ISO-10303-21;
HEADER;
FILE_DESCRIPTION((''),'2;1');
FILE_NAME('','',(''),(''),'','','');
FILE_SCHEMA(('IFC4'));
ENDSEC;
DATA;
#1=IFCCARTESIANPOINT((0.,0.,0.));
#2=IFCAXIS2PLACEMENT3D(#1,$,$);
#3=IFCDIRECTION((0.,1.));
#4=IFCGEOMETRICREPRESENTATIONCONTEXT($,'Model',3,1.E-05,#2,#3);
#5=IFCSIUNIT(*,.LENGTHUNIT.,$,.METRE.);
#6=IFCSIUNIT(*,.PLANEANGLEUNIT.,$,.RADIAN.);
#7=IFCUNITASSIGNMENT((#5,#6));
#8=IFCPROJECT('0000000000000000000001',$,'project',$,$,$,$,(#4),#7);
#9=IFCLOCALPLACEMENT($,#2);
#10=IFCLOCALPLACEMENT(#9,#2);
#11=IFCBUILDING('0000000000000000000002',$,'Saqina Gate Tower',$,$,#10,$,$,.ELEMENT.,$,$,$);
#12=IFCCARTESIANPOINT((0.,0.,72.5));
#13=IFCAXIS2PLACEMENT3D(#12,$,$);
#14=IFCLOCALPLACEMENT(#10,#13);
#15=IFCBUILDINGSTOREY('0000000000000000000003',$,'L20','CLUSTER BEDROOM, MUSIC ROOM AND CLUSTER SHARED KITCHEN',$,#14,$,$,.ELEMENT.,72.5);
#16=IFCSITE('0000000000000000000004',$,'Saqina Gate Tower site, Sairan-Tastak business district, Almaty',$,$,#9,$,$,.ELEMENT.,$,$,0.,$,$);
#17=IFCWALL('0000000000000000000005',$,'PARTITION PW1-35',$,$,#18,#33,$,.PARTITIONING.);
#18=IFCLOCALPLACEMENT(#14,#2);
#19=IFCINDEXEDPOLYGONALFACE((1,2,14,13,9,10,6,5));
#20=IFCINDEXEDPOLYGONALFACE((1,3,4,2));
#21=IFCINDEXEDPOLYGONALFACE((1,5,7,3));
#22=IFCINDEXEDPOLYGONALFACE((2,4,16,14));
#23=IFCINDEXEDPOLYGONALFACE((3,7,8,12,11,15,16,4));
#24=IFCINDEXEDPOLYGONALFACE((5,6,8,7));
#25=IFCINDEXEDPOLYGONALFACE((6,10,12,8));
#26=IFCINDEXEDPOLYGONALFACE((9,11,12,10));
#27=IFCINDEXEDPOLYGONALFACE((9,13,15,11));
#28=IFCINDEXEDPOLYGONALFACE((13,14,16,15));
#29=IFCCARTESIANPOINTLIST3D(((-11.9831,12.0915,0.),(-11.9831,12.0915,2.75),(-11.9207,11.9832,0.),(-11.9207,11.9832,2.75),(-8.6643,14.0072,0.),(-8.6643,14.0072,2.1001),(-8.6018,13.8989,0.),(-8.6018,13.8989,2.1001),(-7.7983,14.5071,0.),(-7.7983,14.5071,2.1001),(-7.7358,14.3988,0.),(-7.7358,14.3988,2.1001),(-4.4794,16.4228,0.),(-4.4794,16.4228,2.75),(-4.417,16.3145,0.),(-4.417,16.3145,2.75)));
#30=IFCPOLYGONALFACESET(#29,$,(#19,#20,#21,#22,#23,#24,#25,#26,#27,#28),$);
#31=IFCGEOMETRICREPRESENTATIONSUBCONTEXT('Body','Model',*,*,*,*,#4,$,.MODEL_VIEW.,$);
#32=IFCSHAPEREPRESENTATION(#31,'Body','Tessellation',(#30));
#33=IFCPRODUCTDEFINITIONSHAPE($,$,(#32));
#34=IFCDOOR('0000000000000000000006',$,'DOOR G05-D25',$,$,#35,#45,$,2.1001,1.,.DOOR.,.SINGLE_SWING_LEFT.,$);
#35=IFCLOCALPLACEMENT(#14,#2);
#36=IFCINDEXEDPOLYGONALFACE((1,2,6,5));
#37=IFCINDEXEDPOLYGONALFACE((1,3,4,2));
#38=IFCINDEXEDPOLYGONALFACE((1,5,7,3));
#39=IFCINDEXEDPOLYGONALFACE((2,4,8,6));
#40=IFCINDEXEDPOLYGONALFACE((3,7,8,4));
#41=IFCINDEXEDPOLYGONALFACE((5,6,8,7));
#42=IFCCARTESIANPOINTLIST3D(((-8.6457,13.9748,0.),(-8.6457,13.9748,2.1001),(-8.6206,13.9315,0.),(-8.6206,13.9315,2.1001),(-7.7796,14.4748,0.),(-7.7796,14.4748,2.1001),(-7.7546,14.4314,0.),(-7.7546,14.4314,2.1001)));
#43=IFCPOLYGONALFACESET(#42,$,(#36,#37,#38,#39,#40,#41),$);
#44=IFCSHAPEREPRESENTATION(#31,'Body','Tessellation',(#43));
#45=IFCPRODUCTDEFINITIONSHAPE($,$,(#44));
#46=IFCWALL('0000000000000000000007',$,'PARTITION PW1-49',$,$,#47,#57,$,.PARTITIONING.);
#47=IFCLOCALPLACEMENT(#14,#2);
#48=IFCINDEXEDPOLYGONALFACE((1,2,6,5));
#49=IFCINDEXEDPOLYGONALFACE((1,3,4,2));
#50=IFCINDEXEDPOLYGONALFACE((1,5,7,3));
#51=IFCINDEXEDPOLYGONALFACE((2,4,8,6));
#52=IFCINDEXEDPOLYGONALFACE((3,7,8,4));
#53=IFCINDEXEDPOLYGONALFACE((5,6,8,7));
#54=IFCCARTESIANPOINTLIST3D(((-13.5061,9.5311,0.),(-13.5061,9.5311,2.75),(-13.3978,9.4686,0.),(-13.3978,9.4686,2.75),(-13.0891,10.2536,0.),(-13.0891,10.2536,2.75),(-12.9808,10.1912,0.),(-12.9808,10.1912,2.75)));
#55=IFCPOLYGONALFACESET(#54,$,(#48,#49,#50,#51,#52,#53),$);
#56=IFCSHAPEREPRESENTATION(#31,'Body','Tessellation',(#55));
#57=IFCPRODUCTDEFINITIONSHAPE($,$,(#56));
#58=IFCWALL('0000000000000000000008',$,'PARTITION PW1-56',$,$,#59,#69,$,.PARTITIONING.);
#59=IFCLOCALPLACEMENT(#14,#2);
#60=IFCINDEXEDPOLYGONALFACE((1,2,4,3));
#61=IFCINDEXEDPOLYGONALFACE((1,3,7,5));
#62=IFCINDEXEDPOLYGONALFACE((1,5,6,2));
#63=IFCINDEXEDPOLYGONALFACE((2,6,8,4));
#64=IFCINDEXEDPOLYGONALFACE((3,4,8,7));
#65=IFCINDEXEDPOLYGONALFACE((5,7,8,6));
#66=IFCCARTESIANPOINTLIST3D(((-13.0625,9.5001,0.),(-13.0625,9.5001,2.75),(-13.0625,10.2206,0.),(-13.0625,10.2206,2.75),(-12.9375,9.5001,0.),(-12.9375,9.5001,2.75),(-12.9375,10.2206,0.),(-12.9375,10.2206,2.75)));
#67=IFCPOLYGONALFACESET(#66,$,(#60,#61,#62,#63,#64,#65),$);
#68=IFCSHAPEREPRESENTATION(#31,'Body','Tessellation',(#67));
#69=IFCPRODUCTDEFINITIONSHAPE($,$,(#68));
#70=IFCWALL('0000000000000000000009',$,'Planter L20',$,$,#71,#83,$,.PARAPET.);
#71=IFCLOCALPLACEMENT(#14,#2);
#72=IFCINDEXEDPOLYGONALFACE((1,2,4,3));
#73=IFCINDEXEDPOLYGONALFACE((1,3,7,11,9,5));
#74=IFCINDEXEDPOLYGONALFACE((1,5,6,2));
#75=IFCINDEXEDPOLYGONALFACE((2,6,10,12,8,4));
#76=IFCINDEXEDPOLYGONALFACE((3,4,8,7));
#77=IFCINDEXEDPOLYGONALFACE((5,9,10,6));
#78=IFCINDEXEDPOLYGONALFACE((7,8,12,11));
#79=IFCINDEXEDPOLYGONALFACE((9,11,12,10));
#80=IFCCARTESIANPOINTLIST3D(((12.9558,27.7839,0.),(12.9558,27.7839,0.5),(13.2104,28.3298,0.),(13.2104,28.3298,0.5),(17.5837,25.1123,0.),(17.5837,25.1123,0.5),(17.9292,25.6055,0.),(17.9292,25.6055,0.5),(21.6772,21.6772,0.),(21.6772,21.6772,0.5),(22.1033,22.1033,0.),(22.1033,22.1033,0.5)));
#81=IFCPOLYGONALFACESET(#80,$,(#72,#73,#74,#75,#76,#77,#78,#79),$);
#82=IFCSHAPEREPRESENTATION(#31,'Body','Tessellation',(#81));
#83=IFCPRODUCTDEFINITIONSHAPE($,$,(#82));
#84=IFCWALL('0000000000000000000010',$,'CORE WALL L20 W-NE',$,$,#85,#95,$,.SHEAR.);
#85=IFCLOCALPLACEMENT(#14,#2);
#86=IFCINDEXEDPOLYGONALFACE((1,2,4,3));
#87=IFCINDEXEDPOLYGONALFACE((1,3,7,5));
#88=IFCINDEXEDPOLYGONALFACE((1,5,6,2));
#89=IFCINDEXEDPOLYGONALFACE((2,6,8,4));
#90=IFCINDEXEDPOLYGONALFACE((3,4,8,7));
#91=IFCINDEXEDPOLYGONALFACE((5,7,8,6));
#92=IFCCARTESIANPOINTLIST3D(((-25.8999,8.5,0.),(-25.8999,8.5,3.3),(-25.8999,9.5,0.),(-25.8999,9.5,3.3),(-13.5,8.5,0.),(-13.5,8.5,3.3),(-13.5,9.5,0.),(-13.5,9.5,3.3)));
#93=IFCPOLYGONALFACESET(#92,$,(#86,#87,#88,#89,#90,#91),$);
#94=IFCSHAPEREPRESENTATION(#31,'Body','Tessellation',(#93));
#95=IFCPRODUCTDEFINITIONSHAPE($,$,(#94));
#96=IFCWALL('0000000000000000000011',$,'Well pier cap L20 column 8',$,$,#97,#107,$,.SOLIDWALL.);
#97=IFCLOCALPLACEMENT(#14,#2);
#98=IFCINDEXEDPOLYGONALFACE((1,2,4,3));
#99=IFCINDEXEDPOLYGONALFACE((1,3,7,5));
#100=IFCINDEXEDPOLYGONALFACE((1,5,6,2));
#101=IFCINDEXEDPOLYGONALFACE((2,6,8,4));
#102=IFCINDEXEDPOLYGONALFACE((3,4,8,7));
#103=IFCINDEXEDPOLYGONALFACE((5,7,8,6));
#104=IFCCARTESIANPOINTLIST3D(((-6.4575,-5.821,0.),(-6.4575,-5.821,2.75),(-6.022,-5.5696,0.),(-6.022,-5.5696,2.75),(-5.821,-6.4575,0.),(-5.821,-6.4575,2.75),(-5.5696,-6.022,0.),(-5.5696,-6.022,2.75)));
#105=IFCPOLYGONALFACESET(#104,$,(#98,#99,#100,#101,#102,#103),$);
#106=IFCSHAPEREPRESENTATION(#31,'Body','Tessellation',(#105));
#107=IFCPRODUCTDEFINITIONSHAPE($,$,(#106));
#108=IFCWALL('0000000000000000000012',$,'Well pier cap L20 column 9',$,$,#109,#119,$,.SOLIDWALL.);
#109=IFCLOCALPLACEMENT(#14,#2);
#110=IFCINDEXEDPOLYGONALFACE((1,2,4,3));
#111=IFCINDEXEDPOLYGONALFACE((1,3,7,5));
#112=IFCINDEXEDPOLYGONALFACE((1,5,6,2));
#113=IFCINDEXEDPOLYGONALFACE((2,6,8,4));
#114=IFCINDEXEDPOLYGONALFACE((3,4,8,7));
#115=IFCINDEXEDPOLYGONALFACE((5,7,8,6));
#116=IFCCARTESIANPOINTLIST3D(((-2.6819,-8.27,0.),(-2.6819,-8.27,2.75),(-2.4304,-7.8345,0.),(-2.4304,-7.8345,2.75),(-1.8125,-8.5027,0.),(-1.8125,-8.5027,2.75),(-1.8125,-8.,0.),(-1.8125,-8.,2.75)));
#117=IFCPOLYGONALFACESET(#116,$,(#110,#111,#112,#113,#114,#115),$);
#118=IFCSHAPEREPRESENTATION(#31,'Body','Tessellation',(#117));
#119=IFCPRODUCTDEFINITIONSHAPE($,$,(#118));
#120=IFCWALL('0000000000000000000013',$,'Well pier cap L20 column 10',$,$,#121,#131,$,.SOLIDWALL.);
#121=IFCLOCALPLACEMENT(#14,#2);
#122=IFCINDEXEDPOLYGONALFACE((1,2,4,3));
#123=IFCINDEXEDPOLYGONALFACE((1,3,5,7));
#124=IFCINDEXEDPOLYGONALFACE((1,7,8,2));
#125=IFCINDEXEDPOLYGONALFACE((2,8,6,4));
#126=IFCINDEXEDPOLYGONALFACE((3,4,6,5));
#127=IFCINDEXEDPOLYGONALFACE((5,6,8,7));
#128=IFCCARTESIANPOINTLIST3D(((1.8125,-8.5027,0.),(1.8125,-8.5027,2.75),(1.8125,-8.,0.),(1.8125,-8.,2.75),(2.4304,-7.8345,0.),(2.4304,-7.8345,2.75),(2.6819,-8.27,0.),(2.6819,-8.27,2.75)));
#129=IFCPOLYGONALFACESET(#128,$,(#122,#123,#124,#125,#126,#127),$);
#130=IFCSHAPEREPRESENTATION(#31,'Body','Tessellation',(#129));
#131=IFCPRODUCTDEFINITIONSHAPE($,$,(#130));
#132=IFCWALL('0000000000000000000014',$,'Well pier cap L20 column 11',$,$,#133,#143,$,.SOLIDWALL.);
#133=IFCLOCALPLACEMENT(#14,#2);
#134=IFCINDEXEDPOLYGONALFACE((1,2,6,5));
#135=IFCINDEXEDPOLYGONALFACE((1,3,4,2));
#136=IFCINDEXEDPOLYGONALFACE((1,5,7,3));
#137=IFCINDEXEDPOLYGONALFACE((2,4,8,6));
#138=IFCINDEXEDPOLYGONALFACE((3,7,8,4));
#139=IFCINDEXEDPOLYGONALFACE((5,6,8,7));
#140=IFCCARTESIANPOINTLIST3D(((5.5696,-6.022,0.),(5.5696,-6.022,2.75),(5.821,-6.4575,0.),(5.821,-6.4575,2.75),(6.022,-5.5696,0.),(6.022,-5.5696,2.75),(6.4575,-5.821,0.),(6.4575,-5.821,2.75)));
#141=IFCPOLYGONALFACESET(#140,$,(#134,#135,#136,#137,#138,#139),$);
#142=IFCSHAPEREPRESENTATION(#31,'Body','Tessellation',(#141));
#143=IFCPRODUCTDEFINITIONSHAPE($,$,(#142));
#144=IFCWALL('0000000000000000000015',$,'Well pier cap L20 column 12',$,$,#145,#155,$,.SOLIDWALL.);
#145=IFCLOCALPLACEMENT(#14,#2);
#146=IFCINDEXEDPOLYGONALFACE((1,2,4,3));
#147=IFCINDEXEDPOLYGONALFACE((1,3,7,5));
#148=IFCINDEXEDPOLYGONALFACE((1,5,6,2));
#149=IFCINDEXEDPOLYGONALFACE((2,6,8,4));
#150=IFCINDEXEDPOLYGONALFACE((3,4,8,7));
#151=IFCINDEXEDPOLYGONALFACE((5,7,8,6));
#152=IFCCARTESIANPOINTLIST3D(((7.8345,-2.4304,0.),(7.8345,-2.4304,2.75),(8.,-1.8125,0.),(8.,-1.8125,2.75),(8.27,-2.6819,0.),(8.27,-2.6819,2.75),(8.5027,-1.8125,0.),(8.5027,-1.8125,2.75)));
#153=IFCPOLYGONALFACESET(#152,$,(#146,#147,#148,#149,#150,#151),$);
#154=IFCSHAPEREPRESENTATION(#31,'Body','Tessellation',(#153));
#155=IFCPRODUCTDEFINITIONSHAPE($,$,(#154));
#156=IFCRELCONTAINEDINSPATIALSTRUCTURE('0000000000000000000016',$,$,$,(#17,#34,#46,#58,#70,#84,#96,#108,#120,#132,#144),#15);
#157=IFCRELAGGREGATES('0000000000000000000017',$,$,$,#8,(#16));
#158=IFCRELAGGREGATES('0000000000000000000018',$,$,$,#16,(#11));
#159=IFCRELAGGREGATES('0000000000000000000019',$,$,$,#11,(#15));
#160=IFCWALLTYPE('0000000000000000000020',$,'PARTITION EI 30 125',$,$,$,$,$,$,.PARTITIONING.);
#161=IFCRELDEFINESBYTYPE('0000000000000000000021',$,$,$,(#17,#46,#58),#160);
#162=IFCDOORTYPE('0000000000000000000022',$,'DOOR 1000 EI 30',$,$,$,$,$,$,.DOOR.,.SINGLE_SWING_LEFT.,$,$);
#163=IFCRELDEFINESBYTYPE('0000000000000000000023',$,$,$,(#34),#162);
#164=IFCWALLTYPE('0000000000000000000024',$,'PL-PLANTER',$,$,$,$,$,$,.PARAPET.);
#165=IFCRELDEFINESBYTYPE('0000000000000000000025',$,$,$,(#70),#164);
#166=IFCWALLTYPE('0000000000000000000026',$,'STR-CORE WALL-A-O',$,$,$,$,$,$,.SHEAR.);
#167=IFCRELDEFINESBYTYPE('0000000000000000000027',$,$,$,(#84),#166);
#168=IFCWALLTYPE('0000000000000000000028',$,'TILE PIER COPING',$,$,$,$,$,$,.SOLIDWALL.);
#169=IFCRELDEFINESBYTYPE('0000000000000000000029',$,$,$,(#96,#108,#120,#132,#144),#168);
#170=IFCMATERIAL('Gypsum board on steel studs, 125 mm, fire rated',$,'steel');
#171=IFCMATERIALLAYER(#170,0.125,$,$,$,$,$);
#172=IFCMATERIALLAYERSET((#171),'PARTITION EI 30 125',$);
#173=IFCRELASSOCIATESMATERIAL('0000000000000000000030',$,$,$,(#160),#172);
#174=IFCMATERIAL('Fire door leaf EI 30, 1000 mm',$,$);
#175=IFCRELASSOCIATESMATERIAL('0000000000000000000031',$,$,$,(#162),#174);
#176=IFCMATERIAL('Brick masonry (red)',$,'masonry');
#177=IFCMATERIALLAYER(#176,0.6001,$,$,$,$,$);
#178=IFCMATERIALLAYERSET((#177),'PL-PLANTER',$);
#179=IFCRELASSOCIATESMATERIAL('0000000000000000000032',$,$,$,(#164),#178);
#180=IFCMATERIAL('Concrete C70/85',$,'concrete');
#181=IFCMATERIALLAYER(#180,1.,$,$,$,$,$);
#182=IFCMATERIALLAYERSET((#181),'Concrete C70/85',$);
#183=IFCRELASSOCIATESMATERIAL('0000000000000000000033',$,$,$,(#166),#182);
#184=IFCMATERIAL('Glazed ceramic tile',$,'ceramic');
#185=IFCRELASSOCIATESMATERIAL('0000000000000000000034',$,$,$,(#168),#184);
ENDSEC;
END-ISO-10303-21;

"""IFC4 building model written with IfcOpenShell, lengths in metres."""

from ifc_helpers import new_model, si_unit, direction, frame, frame_2d, origin, place, context, subcontext, project, spatial, polyline, rectangle, outline, extrude, material, layer, layer_set, type_object, element, fill, save


model = new_model("IFC4")

# Units and contexts
model_context = context("Model", 3, precision=1e-05, world=origin(), true_north=direction((0.0, 1.0)))
body_context = subcontext(model_context, "Body", "Model", "MODEL_VIEW")
ifc_project = project(units=[si_unit("LENGTHUNIT", "METRE"), si_unit("PLANEANGLEUNIT", "RADIAN")], contexts=[model_context])

# Site, building, storey
site_placement = place(None, origin())
site = spatial("IfcSite", under=ifc_project, at=site_placement, Name="Saqina Gate Tower site, Sairan-Tastak business district, Almaty", CompositionType="ELEMENT", RefElevation=0.0)
building_placement = place(site_placement, origin())
building = spatial("IfcBuilding", under=site, at=building_placement, Name="Saqina Gate Tower", CompositionType="ELEMENT")
storey_placement = place(building_placement, frame((0.0, 0.0, 72.5)))
storey = spatial("IfcBuildingStorey", under=building, at=storey_placement, Name="L20", Description="CLUSTER BEDROOM, MUSIC ROOM AND CLUSTER SHARED KITCHEN", CompositionType="ELEMENT", Elevation=72.5)

# Shared definitions
ifc_material_1 = material(Name="Gypsum board on steel studs, 125 mm, fire rated", Category="steel")
ifc_layer_1 = layer(ifc_material_1, 0.125)
ifc_layer_set_1 = layer_set([ifc_layer_1], Name="PARTITION EI 30 125")
wall_type_1 = type_object("IfcWallType", Name="PARTITION EI 30 125", PredefinedType="PARTITIONING", material=ifc_layer_set_1)

# Wall, opening, door
wall_1_placement = place(storey_placement, frame((-11.9519, 12.0374, 0.0), z_axis=(0.0, 0.0, 1.0), x_axis=(0.866073, 0.499918, 0.0)))
wall_1 = element("IfcWall", 1, at=wall_1_placement, inside=storey, type_object=wall_type_1, Name="PARTITION PW1-35", PredefinedType="PARTITIONING", context=body_context, shape_type="SweptSolid", body=[
    extrude(rectangle(XDim=8.6641, YDim=0.125, at=frame_2d((4.332, 0.0))), origin(), (0.0, 0.0, 1.0), 2.75),
])
opening_1_placement = place(wall_1_placement, frame((3.832, 0.0, 0.0)))
opening_1 = element("IfcOpeningElement", 2, at=opening_1_placement, cuts=wall_1, PredefinedType="OPENING", context=body_context, shape_type="SweptSolid", body=[
    extrude(rectangle(XDim=1.0, YDim=2.1001, at=frame_2d((0.5, 1.05))), frame((0.0, 0.0745, 0.0), z_axis=(0.0, -1.0, 0.0), x_axis=(1.0, 0.0, 0.0)), (0.0, 0.0, 1.0), 0.1489),
])
ifc_material_2 = material(Name="Fire door leaf EI 30, 1000 mm")
door_type_1 = type_object("IfcDoorType", Name="DOOR 1000 EI 30", OperationType="SINGLE_SWING_LEFT", PredefinedType="DOOR", material=ifc_material_2)
door_1_placement = place(opening_1_placement, frame((1.0, 0.0, 0.0), z_axis=(0.0, 0.0, 1.0), x_axis=(-1.0, 0.0, 0.0)))
door_1 = element("IfcDoor", 3, at=door_1_placement, inside=storey, type_object=door_type_1, Name="DOOR G05-D25", OperationType="SINGLE_SWING_LEFT", OverallHeight=2.1001, OverallWidth=1.0, PredefinedType="DOOR", context=body_context, shape_type="SweptSolid", body=[
    extrude(rectangle(XDim=1.0, YDim=2.1001, at=frame_2d((0.5, 1.05))), frame((0.0, 0.0249, 0.0), z_axis=(0.0, -1.0, 0.0), x_axis=(1.0, 0.0, 0.0)), (0.0, 0.0, 1.0), 0.05),
])
fill(opening_1, door_1)

# Walls
wall_2_placement = place(storey_placement, frame((-13.4519, 9.5, 0.0), z_axis=(0.0, 0.0, 1.0), x_axis=(0.499917, 0.866073, 0.0)))
element("IfcWall", 4, at=wall_2_placement, inside=storey, type_object=wall_type_1, Name="PARTITION PW1-49", PredefinedType="PARTITIONING", context=body_context, shape_type="SweptSolid", body=[
    extrude(rectangle(XDim=0.8342, YDim=0.125, at=frame_2d((0.417, 0.0))), origin(), (0.0, 0.0, 1.0), 2.75),
])
wall_3_placement = place(storey_placement, frame((-13.0, 9.5, 0.0), z_axis=(0.0, 0.0, 1.0), x_axis=(0.0, 1.0, 0.0)))
element("IfcWall", 5, at=wall_3_placement, inside=storey, type_object=wall_type_1, Name="PARTITION PW1-56", PredefinedType="PARTITIONING", context=body_context, shape_type="SweptSolid", body=[
    extrude(rectangle(XDim=0.7205, YDim=0.125, at=frame_2d((0.3604, 0.0))), origin(), (0.0, 0.0, 1.0), 2.75),
])
ifc_material_3 = material(Name="Brick masonry (red)", Category="masonry")
ifc_layer_2 = layer(ifc_material_3, 0.6001)
ifc_layer_set_2 = layer_set([ifc_layer_2], Name="PL-PLANTER")
wall_type_2 = type_object("IfcWallType", Name="PL-PLANTER", PredefinedType="PARAPET", material=ifc_layer_set_2)
wall_4_placement = place(storey_placement, origin())
element("IfcWall", 6, at=wall_4_placement, inside=storey, type_object=wall_type_2, Name="Planter L20", PredefinedType="PARAPET", context=body_context, shape_type="SweptSolid", body=[
    extrude(outline(polyline([(22.1033, 22.1033), (17.9292, 25.6055), (13.2104, 28.3298), (12.9558, 27.7839), (17.5837, 25.1123), (21.6772, 21.6772), (22.1033, 22.1033)])), origin(), (0.0, 0.0, 1.0), 0.5),
])
ifc_material_4 = material(Name="Concrete C70/85", Category="concrete")
ifc_layer_3 = layer(ifc_material_4, 1.0)
ifc_layer_set_3 = layer_set([ifc_layer_3], Name="Concrete C70/85")
wall_type_3 = type_object("IfcWallType", Name="STR-CORE WALL-A-O", PredefinedType="SHEAR", material=ifc_layer_set_3)
wall_5_placement = place(storey_placement, frame((-13.5, 9.0, 0.0), z_axis=(0.0, 0.0, 1.0), x_axis=(-1.0, 0.0, 0.0)))
element("IfcWall", 7, at=wall_5_placement, inside=storey, type_object=wall_type_3, Name="CORE WALL L20 W-NE", PredefinedType="SHEAR", context=body_context, shape_type="SweptSolid", body=[
    extrude(rectangle(XDim=12.3999, YDim=1.0, at=frame_2d((6.2, 0.0))), origin(), (0.0, 0.0, 1.0), 3.3),
])
ifc_material_5 = material(Name="Glazed ceramic tile", Category="ceramic")
wall_type_4 = type_object("IfcWallType", Name="TILE PIER COPING", PredefinedType="SOLIDWALL", material=ifc_material_5)
wall_6_placement = place(storey_placement, origin())
element("IfcWall", 8, at=wall_6_placement, inside=storey, type_object=wall_type_4, Name="Well pier cap L20 column 8", PredefinedType="SOLIDWALL", context=body_context, shape_type="SweptSolid", body=[
    extrude(outline(polyline([(-6.4575, -5.821), (-5.821, -6.4575), (-5.5696, -6.022), (-6.022, -5.5696), (-6.4575, -5.821)])), origin(), (0.0, 0.0, 1.0), 2.75),
])
wall_7_placement = place(storey_placement, origin())
element("IfcWall", 9, at=wall_7_placement, inside=storey, type_object=wall_type_4, Name="Well pier cap L20 column 9", PredefinedType="SOLIDWALL", context=body_context, shape_type="SweptSolid", body=[
    extrude(outline(polyline([(-1.8125, -8.5027), (-1.8125, -8.0), (-2.4304, -7.8345), (-2.6819, -8.27), (-1.8125, -8.5027)])), origin(), (0.0, 0.0, 1.0), 2.75),
])
wall_8_placement = place(storey_placement, origin())
element("IfcWall", 10, at=wall_8_placement, inside=storey, type_object=wall_type_4, Name="Well pier cap L20 column 10", PredefinedType="SOLIDWALL", context=body_context, shape_type="SweptSolid", body=[
    extrude(outline(polyline([(2.6819, -8.27), (2.4304, -7.8345), (1.8125, -8.0), (1.8125, -8.5027), (2.6819, -8.27)])), origin(), (0.0, 0.0, 1.0), 2.75),
])
wall_9_placement = place(storey_placement, origin())
element("IfcWall", 11, at=wall_9_placement, inside=storey, type_object=wall_type_4, Name="Well pier cap L20 column 11", PredefinedType="SOLIDWALL", context=body_context, shape_type="SweptSolid", body=[
    extrude(outline(polyline([(5.821, -6.4575), (6.4575, -5.821), (6.022, -5.5696), (5.5696, -6.022), (5.821, -6.4575)])), origin(), (0.0, 0.0, 1.0), 2.75),
])
wall_10_placement = place(storey_placement, origin())
element("IfcWall", 12, at=wall_10_placement, inside=storey, type_object=wall_type_4, Name="Well pier cap L20 column 12", PredefinedType="SOLIDWALL", context=body_context, shape_type="SweptSolid", body=[
    extrude(outline(polyline([(8.5027, -1.8125), (8.0, -1.8125), (7.8345, -2.4304), (8.27, -2.6819), (8.5027, -1.8125)])), origin(), (0.0, 0.0, 1.0), 2.75),
])

save(model, "model.ifc")
